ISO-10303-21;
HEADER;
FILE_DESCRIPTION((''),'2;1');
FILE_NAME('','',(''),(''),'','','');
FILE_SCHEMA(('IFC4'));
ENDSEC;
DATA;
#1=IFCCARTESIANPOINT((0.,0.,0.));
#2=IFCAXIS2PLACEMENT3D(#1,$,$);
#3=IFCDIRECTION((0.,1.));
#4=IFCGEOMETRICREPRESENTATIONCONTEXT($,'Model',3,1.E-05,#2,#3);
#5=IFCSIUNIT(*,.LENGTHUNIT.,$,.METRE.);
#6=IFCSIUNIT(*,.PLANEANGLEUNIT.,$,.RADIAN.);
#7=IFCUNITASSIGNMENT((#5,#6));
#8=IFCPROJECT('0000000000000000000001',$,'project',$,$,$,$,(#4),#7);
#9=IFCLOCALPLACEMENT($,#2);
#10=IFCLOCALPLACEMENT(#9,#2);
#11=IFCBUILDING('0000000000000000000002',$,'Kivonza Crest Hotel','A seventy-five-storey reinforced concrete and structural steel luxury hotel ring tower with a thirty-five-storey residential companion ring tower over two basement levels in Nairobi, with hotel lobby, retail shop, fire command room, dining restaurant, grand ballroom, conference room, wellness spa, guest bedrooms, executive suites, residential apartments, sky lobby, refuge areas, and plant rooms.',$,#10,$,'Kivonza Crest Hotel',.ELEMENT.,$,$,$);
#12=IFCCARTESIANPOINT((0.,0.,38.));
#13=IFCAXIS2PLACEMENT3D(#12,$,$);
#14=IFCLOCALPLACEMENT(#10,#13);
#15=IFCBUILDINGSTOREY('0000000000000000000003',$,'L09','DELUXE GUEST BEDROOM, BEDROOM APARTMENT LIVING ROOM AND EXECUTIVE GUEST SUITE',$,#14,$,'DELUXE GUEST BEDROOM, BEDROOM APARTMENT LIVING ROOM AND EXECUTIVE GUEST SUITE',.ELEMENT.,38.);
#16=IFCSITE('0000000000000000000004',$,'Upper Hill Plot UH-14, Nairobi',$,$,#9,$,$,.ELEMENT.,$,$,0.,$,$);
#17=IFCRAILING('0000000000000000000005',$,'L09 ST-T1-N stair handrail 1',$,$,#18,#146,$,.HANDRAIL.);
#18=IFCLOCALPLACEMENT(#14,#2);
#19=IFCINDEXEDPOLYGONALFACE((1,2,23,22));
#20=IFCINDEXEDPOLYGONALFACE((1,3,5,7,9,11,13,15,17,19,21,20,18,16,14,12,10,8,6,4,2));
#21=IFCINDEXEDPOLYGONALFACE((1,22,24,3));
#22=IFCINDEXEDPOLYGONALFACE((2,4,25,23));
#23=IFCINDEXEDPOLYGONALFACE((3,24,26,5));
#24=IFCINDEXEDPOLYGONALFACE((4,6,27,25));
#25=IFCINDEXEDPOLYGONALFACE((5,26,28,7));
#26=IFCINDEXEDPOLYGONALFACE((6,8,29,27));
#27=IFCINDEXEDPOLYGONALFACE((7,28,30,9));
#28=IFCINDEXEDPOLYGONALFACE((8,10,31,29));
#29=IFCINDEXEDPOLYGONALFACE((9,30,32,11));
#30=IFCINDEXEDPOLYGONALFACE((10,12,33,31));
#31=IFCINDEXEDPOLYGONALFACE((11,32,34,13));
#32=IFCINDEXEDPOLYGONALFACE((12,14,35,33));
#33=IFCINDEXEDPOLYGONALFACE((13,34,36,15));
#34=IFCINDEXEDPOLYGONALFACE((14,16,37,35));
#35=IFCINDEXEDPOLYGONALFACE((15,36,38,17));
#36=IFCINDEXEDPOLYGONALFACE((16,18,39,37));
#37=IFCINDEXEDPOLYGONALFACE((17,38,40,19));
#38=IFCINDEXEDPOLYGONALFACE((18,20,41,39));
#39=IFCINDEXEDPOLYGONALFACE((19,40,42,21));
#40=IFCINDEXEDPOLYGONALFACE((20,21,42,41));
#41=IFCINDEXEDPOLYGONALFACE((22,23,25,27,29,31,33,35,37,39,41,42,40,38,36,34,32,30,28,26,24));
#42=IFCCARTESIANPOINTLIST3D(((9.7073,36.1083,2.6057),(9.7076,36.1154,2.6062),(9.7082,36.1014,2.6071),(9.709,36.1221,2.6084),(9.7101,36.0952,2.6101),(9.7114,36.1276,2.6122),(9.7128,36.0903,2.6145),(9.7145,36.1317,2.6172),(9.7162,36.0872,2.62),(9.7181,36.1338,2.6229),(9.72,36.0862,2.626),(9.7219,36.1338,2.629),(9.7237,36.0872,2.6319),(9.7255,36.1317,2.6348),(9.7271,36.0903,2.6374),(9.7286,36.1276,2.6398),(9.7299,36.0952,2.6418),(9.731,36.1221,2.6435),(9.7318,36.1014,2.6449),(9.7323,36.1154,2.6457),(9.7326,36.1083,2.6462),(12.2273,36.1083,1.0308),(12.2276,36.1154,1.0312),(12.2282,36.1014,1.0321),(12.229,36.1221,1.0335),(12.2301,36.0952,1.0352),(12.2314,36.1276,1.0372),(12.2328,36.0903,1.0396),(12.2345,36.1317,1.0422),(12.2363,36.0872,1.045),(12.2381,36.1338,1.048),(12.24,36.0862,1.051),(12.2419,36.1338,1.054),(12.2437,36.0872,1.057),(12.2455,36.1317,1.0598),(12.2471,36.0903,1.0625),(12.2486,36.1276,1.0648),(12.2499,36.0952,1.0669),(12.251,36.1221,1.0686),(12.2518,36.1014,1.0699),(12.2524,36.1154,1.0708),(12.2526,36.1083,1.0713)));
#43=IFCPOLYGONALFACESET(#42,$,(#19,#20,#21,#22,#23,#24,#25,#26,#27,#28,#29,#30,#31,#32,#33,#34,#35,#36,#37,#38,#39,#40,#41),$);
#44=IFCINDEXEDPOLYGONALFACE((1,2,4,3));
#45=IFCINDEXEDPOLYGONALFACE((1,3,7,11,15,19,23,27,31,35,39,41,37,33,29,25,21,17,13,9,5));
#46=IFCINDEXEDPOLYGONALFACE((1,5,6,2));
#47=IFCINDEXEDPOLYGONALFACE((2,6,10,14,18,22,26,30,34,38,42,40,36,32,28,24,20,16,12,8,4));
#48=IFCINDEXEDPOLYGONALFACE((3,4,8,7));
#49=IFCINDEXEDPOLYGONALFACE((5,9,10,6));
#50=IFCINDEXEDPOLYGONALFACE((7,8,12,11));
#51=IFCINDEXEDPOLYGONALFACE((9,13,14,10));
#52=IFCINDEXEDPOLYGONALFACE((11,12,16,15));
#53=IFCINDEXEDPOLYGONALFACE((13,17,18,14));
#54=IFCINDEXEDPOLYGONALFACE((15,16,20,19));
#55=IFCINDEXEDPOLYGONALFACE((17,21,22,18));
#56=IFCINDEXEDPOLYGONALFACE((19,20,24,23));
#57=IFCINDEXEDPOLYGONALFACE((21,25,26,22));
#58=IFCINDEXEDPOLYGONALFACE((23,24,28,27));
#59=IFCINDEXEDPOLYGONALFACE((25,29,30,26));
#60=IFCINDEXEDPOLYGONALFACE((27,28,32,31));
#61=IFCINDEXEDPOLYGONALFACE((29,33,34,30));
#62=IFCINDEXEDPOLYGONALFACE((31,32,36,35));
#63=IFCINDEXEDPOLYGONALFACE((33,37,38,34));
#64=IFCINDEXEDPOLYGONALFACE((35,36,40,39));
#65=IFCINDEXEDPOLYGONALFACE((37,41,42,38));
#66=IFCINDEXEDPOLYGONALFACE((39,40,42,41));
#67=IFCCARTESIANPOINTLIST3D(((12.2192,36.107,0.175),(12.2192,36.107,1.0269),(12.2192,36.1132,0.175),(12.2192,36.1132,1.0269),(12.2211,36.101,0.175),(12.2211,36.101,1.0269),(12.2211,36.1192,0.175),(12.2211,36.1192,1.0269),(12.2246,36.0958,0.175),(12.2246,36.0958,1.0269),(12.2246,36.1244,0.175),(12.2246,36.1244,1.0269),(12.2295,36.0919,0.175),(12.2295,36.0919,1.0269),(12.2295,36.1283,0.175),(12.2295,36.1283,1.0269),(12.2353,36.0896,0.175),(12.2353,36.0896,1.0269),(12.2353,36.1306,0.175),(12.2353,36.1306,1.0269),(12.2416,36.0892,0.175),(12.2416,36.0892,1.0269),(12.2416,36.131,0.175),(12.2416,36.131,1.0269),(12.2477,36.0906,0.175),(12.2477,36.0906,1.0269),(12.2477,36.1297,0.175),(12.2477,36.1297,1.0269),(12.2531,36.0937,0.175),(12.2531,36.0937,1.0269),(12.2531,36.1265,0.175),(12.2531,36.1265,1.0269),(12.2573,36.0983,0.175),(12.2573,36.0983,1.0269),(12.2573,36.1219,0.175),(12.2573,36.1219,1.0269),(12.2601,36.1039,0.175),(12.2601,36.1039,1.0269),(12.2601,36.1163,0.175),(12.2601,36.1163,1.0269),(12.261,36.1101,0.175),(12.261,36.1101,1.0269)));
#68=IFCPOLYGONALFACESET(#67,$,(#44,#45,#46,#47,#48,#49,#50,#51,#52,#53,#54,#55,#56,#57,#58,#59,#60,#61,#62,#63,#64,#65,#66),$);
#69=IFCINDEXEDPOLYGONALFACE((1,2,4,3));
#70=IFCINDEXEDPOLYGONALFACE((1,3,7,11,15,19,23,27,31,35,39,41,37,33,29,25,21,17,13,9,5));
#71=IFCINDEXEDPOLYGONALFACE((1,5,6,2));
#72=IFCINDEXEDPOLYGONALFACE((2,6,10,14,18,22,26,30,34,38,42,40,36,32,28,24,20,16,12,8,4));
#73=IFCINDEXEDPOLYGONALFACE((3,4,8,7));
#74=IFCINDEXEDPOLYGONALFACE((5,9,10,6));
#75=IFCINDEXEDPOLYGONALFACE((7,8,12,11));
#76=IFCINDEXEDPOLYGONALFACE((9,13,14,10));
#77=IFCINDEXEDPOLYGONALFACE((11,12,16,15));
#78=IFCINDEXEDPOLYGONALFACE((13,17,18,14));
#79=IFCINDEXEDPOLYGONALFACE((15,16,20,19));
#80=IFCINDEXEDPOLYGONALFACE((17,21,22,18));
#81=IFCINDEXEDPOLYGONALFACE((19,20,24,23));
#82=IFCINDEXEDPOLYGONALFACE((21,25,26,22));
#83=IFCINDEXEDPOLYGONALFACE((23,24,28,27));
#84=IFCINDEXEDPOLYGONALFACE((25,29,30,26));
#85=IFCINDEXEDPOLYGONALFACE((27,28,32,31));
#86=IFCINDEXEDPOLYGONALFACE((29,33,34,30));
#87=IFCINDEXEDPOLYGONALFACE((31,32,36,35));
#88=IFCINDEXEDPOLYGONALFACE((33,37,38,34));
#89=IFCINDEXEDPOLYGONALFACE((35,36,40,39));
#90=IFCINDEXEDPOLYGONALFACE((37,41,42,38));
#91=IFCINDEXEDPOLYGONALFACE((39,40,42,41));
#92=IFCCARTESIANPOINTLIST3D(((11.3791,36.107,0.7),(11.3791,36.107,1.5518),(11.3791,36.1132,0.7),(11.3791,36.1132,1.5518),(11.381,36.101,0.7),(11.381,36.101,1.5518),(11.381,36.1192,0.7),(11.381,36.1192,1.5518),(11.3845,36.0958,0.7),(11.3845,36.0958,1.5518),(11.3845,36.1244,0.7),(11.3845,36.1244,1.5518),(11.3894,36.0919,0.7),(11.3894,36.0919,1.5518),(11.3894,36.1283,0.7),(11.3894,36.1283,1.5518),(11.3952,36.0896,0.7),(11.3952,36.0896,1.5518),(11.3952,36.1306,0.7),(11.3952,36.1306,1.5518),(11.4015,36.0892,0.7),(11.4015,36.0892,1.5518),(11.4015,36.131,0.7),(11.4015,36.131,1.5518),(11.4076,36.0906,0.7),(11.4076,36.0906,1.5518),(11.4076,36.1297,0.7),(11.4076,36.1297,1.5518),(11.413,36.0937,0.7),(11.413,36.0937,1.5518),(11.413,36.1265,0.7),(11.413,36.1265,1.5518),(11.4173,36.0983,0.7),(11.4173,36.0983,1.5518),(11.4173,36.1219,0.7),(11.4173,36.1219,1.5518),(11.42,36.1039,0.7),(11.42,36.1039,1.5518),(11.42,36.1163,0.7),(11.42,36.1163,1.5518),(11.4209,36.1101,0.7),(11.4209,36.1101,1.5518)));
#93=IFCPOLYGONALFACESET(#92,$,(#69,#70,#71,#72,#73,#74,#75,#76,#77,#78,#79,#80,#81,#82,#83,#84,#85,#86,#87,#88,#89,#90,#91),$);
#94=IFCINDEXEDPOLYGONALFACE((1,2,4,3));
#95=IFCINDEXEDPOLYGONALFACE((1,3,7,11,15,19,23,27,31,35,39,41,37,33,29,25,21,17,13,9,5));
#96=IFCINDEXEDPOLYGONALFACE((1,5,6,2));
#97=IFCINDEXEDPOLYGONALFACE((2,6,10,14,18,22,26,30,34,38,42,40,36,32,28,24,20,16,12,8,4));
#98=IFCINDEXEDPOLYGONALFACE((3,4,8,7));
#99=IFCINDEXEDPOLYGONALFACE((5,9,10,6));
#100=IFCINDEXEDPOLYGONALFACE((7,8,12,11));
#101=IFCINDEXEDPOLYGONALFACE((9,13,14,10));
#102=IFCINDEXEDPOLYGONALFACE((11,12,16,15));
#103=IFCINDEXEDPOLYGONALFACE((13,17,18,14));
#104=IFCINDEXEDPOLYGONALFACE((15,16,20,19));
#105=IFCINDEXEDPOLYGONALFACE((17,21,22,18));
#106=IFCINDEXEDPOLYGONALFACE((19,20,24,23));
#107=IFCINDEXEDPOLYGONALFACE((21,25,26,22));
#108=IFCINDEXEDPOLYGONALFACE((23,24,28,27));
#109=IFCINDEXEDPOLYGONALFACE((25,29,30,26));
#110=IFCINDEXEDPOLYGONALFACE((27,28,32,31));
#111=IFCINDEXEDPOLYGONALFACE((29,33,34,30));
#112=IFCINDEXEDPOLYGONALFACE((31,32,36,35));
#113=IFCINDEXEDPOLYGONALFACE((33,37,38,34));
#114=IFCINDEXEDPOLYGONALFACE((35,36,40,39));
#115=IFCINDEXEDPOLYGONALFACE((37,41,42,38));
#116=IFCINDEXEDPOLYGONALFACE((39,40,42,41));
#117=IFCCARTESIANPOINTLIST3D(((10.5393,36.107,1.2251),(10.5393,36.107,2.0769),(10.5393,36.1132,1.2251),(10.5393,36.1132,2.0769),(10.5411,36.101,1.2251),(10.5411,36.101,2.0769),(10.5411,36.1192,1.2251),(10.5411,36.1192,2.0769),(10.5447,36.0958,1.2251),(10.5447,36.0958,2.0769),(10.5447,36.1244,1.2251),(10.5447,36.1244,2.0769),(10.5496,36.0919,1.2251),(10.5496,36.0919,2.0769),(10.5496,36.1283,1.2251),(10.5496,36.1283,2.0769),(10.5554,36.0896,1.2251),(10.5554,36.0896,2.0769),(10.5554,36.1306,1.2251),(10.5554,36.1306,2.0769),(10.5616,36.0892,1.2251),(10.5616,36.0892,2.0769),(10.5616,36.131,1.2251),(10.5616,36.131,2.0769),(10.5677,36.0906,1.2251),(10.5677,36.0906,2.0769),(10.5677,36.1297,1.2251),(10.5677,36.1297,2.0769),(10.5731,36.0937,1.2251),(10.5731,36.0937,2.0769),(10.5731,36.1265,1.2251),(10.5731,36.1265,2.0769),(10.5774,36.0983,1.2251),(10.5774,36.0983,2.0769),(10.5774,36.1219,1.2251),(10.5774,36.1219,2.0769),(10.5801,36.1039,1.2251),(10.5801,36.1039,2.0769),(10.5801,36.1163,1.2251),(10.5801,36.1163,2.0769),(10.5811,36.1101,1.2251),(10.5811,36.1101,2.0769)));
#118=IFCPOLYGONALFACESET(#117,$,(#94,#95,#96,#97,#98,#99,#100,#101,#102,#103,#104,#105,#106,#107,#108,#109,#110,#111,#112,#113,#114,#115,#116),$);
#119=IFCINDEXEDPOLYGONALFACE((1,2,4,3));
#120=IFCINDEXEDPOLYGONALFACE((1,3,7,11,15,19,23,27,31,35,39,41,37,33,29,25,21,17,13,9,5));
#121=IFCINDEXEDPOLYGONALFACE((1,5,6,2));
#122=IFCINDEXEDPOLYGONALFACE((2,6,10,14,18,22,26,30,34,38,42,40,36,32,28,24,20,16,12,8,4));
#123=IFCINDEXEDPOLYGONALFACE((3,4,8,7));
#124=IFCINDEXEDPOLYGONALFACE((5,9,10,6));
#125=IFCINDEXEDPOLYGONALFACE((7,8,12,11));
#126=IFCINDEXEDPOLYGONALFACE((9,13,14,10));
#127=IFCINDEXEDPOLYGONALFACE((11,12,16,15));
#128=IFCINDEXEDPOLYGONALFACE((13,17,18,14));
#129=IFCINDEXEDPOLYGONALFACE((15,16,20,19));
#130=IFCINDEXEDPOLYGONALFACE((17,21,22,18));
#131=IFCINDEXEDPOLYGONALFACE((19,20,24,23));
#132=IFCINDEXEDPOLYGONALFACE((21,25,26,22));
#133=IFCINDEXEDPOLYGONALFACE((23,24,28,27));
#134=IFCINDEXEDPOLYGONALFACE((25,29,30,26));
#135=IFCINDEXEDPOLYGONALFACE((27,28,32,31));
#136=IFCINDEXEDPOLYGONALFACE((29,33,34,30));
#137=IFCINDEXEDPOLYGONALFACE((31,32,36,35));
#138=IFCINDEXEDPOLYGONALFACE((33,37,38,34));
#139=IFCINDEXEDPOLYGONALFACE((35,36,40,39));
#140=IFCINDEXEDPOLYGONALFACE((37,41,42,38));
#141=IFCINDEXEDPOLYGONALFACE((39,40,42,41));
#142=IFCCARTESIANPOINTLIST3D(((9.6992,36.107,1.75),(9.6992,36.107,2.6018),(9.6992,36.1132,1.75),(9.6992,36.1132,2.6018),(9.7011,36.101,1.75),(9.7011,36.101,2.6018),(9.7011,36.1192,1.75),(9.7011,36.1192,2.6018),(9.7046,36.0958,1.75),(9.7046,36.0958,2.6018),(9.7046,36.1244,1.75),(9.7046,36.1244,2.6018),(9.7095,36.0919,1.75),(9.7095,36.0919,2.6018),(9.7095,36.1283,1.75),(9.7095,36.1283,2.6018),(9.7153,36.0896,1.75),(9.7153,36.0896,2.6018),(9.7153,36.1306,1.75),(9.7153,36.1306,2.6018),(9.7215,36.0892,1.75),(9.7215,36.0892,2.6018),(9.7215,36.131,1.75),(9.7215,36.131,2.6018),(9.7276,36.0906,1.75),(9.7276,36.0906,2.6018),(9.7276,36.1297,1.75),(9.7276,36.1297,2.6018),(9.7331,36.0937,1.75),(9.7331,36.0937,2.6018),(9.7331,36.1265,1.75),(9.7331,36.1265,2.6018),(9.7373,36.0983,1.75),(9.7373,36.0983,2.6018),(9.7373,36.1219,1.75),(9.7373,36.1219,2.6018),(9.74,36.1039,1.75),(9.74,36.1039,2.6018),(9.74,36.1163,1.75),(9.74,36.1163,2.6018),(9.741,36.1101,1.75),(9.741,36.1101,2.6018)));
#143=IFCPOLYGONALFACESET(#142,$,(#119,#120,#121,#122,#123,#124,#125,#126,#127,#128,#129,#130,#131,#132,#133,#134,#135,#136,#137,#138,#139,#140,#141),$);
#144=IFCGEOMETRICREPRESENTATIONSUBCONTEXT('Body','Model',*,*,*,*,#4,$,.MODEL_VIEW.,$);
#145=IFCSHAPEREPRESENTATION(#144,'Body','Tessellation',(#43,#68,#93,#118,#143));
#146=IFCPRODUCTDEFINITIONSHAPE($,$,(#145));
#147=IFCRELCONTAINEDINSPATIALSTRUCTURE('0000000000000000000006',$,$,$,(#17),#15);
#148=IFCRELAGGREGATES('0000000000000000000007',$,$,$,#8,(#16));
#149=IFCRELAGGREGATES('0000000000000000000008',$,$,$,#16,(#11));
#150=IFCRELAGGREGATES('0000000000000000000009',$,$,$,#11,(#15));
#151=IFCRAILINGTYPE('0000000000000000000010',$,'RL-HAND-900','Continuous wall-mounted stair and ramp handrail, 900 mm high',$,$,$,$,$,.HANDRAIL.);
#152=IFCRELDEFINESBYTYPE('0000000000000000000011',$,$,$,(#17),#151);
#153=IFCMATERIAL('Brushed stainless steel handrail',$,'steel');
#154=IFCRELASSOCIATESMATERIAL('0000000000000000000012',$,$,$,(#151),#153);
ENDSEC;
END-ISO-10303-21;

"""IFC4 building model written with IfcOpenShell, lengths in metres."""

from ifc_helpers import new_model, si_unit, direction, frame, origin, origin_2d, place, context, subcontext, project, spatial, circle, extrude, material, type_object, element, save


model = new_model("IFC4")

# Units and contexts
model_context = context("Model", 3, precision=1e-05, world=origin(), true_north=direction((0.0, 1.0)))
body_context = subcontext(model_context, "Body", "Model", "MODEL_VIEW")
ifc_project = project(units=[si_unit("LENGTHUNIT", "METRE"), si_unit("PLANEANGLEUNIT", "RADIAN")], contexts=[model_context])

# Site, building, storey
site_placement = place(None, origin())
site = spatial("IfcSite", under=ifc_project, at=site_placement, Name="Upper Hill Plot UH-14, Nairobi", CompositionType="ELEMENT", RefElevation=0.0)
building_placement = place(site_placement, origin())
building = spatial("IfcBuilding", under=site, at=building_placement, Name="Kivonza Crest Hotel", Description="A seventy-five-storey reinforced concrete and structural steel luxury hotel ring tower with a thirty-five-storey residential companion ring tower over two basement levels in Nairobi, with hotel lobby, retail shop, fire command room, dining restaurant, grand ballroom, conference room, wellness spa, guest bedrooms, executive suites, residential apartments, sky lobby, refuge areas, and plant rooms.", LongName="Kivonza Crest Hotel", CompositionType="ELEMENT")
storey_placement = place(building_placement, frame((0.0, 0.0, 38.0)))
storey = spatial("IfcBuildingStorey", under=building, at=storey_placement, Name="L09", Description="DELUXE GUEST BEDROOM, BEDROOM APARTMENT LIVING ROOM AND EXECUTIVE GUEST SUITE", LongName="DELUXE GUEST BEDROOM, BEDROOM APARTMENT LIVING ROOM AND EXECUTIVE GUEST SUITE", CompositionType="ELEMENT", Elevation=38.0)

# Railing
ifc_material_1 = material(Name="Brushed stainless steel handrail", Category="steel")
railing_type_1 = type_object("IfcRailingType", Name="RL-HAND-900", Description="Continuous wall-mounted stair and ramp handrail, 900 mm high", PredefinedType="HANDRAIL", material=ifc_material_1)
railing_1_placement = place(storey_placement, frame((12.24, 36.1101, 0.175)))
element("IfcRailing", 1, at=railing_1_placement, inside=storey, type_object=railing_type_1, Name="L09 ST-T1-N stair handrail 1", PredefinedType="HANDRAIL", context=body_context, shape_type="SweptSolid", body=[
    extrude(circle(Radius=0.0239, at=origin_2d()), frame((0.0, 0.0, 0.876), z_axis=(-0.848008, 0.0, 0.529984), x_axis=(0.0, -1.0, 0.0)), (0.0, 0.0, 1.0), 2.9717),
    extrude(circle(Radius=0.021, at=origin_2d()), origin(), (0.0, 0.0, 1.0), 0.8518),
    extrude(circle(Radius=0.021, at=origin_2d()), frame((-0.8401, 0.0, 0.5249)), (0.0, 0.0, 1.0), 0.8518),
    extrude(circle(Radius=0.021, at=origin_2d()), frame((-1.6799, 0.0, 1.05)), (0.0, 0.0, 1.0), 0.8518),
    extrude(circle(Radius=0.021, at=origin_2d()), frame((-2.52, 0.0, 1.575)), (0.0, 0.0, 1.0), 0.8518),
])

save(model, "model.ifc")
